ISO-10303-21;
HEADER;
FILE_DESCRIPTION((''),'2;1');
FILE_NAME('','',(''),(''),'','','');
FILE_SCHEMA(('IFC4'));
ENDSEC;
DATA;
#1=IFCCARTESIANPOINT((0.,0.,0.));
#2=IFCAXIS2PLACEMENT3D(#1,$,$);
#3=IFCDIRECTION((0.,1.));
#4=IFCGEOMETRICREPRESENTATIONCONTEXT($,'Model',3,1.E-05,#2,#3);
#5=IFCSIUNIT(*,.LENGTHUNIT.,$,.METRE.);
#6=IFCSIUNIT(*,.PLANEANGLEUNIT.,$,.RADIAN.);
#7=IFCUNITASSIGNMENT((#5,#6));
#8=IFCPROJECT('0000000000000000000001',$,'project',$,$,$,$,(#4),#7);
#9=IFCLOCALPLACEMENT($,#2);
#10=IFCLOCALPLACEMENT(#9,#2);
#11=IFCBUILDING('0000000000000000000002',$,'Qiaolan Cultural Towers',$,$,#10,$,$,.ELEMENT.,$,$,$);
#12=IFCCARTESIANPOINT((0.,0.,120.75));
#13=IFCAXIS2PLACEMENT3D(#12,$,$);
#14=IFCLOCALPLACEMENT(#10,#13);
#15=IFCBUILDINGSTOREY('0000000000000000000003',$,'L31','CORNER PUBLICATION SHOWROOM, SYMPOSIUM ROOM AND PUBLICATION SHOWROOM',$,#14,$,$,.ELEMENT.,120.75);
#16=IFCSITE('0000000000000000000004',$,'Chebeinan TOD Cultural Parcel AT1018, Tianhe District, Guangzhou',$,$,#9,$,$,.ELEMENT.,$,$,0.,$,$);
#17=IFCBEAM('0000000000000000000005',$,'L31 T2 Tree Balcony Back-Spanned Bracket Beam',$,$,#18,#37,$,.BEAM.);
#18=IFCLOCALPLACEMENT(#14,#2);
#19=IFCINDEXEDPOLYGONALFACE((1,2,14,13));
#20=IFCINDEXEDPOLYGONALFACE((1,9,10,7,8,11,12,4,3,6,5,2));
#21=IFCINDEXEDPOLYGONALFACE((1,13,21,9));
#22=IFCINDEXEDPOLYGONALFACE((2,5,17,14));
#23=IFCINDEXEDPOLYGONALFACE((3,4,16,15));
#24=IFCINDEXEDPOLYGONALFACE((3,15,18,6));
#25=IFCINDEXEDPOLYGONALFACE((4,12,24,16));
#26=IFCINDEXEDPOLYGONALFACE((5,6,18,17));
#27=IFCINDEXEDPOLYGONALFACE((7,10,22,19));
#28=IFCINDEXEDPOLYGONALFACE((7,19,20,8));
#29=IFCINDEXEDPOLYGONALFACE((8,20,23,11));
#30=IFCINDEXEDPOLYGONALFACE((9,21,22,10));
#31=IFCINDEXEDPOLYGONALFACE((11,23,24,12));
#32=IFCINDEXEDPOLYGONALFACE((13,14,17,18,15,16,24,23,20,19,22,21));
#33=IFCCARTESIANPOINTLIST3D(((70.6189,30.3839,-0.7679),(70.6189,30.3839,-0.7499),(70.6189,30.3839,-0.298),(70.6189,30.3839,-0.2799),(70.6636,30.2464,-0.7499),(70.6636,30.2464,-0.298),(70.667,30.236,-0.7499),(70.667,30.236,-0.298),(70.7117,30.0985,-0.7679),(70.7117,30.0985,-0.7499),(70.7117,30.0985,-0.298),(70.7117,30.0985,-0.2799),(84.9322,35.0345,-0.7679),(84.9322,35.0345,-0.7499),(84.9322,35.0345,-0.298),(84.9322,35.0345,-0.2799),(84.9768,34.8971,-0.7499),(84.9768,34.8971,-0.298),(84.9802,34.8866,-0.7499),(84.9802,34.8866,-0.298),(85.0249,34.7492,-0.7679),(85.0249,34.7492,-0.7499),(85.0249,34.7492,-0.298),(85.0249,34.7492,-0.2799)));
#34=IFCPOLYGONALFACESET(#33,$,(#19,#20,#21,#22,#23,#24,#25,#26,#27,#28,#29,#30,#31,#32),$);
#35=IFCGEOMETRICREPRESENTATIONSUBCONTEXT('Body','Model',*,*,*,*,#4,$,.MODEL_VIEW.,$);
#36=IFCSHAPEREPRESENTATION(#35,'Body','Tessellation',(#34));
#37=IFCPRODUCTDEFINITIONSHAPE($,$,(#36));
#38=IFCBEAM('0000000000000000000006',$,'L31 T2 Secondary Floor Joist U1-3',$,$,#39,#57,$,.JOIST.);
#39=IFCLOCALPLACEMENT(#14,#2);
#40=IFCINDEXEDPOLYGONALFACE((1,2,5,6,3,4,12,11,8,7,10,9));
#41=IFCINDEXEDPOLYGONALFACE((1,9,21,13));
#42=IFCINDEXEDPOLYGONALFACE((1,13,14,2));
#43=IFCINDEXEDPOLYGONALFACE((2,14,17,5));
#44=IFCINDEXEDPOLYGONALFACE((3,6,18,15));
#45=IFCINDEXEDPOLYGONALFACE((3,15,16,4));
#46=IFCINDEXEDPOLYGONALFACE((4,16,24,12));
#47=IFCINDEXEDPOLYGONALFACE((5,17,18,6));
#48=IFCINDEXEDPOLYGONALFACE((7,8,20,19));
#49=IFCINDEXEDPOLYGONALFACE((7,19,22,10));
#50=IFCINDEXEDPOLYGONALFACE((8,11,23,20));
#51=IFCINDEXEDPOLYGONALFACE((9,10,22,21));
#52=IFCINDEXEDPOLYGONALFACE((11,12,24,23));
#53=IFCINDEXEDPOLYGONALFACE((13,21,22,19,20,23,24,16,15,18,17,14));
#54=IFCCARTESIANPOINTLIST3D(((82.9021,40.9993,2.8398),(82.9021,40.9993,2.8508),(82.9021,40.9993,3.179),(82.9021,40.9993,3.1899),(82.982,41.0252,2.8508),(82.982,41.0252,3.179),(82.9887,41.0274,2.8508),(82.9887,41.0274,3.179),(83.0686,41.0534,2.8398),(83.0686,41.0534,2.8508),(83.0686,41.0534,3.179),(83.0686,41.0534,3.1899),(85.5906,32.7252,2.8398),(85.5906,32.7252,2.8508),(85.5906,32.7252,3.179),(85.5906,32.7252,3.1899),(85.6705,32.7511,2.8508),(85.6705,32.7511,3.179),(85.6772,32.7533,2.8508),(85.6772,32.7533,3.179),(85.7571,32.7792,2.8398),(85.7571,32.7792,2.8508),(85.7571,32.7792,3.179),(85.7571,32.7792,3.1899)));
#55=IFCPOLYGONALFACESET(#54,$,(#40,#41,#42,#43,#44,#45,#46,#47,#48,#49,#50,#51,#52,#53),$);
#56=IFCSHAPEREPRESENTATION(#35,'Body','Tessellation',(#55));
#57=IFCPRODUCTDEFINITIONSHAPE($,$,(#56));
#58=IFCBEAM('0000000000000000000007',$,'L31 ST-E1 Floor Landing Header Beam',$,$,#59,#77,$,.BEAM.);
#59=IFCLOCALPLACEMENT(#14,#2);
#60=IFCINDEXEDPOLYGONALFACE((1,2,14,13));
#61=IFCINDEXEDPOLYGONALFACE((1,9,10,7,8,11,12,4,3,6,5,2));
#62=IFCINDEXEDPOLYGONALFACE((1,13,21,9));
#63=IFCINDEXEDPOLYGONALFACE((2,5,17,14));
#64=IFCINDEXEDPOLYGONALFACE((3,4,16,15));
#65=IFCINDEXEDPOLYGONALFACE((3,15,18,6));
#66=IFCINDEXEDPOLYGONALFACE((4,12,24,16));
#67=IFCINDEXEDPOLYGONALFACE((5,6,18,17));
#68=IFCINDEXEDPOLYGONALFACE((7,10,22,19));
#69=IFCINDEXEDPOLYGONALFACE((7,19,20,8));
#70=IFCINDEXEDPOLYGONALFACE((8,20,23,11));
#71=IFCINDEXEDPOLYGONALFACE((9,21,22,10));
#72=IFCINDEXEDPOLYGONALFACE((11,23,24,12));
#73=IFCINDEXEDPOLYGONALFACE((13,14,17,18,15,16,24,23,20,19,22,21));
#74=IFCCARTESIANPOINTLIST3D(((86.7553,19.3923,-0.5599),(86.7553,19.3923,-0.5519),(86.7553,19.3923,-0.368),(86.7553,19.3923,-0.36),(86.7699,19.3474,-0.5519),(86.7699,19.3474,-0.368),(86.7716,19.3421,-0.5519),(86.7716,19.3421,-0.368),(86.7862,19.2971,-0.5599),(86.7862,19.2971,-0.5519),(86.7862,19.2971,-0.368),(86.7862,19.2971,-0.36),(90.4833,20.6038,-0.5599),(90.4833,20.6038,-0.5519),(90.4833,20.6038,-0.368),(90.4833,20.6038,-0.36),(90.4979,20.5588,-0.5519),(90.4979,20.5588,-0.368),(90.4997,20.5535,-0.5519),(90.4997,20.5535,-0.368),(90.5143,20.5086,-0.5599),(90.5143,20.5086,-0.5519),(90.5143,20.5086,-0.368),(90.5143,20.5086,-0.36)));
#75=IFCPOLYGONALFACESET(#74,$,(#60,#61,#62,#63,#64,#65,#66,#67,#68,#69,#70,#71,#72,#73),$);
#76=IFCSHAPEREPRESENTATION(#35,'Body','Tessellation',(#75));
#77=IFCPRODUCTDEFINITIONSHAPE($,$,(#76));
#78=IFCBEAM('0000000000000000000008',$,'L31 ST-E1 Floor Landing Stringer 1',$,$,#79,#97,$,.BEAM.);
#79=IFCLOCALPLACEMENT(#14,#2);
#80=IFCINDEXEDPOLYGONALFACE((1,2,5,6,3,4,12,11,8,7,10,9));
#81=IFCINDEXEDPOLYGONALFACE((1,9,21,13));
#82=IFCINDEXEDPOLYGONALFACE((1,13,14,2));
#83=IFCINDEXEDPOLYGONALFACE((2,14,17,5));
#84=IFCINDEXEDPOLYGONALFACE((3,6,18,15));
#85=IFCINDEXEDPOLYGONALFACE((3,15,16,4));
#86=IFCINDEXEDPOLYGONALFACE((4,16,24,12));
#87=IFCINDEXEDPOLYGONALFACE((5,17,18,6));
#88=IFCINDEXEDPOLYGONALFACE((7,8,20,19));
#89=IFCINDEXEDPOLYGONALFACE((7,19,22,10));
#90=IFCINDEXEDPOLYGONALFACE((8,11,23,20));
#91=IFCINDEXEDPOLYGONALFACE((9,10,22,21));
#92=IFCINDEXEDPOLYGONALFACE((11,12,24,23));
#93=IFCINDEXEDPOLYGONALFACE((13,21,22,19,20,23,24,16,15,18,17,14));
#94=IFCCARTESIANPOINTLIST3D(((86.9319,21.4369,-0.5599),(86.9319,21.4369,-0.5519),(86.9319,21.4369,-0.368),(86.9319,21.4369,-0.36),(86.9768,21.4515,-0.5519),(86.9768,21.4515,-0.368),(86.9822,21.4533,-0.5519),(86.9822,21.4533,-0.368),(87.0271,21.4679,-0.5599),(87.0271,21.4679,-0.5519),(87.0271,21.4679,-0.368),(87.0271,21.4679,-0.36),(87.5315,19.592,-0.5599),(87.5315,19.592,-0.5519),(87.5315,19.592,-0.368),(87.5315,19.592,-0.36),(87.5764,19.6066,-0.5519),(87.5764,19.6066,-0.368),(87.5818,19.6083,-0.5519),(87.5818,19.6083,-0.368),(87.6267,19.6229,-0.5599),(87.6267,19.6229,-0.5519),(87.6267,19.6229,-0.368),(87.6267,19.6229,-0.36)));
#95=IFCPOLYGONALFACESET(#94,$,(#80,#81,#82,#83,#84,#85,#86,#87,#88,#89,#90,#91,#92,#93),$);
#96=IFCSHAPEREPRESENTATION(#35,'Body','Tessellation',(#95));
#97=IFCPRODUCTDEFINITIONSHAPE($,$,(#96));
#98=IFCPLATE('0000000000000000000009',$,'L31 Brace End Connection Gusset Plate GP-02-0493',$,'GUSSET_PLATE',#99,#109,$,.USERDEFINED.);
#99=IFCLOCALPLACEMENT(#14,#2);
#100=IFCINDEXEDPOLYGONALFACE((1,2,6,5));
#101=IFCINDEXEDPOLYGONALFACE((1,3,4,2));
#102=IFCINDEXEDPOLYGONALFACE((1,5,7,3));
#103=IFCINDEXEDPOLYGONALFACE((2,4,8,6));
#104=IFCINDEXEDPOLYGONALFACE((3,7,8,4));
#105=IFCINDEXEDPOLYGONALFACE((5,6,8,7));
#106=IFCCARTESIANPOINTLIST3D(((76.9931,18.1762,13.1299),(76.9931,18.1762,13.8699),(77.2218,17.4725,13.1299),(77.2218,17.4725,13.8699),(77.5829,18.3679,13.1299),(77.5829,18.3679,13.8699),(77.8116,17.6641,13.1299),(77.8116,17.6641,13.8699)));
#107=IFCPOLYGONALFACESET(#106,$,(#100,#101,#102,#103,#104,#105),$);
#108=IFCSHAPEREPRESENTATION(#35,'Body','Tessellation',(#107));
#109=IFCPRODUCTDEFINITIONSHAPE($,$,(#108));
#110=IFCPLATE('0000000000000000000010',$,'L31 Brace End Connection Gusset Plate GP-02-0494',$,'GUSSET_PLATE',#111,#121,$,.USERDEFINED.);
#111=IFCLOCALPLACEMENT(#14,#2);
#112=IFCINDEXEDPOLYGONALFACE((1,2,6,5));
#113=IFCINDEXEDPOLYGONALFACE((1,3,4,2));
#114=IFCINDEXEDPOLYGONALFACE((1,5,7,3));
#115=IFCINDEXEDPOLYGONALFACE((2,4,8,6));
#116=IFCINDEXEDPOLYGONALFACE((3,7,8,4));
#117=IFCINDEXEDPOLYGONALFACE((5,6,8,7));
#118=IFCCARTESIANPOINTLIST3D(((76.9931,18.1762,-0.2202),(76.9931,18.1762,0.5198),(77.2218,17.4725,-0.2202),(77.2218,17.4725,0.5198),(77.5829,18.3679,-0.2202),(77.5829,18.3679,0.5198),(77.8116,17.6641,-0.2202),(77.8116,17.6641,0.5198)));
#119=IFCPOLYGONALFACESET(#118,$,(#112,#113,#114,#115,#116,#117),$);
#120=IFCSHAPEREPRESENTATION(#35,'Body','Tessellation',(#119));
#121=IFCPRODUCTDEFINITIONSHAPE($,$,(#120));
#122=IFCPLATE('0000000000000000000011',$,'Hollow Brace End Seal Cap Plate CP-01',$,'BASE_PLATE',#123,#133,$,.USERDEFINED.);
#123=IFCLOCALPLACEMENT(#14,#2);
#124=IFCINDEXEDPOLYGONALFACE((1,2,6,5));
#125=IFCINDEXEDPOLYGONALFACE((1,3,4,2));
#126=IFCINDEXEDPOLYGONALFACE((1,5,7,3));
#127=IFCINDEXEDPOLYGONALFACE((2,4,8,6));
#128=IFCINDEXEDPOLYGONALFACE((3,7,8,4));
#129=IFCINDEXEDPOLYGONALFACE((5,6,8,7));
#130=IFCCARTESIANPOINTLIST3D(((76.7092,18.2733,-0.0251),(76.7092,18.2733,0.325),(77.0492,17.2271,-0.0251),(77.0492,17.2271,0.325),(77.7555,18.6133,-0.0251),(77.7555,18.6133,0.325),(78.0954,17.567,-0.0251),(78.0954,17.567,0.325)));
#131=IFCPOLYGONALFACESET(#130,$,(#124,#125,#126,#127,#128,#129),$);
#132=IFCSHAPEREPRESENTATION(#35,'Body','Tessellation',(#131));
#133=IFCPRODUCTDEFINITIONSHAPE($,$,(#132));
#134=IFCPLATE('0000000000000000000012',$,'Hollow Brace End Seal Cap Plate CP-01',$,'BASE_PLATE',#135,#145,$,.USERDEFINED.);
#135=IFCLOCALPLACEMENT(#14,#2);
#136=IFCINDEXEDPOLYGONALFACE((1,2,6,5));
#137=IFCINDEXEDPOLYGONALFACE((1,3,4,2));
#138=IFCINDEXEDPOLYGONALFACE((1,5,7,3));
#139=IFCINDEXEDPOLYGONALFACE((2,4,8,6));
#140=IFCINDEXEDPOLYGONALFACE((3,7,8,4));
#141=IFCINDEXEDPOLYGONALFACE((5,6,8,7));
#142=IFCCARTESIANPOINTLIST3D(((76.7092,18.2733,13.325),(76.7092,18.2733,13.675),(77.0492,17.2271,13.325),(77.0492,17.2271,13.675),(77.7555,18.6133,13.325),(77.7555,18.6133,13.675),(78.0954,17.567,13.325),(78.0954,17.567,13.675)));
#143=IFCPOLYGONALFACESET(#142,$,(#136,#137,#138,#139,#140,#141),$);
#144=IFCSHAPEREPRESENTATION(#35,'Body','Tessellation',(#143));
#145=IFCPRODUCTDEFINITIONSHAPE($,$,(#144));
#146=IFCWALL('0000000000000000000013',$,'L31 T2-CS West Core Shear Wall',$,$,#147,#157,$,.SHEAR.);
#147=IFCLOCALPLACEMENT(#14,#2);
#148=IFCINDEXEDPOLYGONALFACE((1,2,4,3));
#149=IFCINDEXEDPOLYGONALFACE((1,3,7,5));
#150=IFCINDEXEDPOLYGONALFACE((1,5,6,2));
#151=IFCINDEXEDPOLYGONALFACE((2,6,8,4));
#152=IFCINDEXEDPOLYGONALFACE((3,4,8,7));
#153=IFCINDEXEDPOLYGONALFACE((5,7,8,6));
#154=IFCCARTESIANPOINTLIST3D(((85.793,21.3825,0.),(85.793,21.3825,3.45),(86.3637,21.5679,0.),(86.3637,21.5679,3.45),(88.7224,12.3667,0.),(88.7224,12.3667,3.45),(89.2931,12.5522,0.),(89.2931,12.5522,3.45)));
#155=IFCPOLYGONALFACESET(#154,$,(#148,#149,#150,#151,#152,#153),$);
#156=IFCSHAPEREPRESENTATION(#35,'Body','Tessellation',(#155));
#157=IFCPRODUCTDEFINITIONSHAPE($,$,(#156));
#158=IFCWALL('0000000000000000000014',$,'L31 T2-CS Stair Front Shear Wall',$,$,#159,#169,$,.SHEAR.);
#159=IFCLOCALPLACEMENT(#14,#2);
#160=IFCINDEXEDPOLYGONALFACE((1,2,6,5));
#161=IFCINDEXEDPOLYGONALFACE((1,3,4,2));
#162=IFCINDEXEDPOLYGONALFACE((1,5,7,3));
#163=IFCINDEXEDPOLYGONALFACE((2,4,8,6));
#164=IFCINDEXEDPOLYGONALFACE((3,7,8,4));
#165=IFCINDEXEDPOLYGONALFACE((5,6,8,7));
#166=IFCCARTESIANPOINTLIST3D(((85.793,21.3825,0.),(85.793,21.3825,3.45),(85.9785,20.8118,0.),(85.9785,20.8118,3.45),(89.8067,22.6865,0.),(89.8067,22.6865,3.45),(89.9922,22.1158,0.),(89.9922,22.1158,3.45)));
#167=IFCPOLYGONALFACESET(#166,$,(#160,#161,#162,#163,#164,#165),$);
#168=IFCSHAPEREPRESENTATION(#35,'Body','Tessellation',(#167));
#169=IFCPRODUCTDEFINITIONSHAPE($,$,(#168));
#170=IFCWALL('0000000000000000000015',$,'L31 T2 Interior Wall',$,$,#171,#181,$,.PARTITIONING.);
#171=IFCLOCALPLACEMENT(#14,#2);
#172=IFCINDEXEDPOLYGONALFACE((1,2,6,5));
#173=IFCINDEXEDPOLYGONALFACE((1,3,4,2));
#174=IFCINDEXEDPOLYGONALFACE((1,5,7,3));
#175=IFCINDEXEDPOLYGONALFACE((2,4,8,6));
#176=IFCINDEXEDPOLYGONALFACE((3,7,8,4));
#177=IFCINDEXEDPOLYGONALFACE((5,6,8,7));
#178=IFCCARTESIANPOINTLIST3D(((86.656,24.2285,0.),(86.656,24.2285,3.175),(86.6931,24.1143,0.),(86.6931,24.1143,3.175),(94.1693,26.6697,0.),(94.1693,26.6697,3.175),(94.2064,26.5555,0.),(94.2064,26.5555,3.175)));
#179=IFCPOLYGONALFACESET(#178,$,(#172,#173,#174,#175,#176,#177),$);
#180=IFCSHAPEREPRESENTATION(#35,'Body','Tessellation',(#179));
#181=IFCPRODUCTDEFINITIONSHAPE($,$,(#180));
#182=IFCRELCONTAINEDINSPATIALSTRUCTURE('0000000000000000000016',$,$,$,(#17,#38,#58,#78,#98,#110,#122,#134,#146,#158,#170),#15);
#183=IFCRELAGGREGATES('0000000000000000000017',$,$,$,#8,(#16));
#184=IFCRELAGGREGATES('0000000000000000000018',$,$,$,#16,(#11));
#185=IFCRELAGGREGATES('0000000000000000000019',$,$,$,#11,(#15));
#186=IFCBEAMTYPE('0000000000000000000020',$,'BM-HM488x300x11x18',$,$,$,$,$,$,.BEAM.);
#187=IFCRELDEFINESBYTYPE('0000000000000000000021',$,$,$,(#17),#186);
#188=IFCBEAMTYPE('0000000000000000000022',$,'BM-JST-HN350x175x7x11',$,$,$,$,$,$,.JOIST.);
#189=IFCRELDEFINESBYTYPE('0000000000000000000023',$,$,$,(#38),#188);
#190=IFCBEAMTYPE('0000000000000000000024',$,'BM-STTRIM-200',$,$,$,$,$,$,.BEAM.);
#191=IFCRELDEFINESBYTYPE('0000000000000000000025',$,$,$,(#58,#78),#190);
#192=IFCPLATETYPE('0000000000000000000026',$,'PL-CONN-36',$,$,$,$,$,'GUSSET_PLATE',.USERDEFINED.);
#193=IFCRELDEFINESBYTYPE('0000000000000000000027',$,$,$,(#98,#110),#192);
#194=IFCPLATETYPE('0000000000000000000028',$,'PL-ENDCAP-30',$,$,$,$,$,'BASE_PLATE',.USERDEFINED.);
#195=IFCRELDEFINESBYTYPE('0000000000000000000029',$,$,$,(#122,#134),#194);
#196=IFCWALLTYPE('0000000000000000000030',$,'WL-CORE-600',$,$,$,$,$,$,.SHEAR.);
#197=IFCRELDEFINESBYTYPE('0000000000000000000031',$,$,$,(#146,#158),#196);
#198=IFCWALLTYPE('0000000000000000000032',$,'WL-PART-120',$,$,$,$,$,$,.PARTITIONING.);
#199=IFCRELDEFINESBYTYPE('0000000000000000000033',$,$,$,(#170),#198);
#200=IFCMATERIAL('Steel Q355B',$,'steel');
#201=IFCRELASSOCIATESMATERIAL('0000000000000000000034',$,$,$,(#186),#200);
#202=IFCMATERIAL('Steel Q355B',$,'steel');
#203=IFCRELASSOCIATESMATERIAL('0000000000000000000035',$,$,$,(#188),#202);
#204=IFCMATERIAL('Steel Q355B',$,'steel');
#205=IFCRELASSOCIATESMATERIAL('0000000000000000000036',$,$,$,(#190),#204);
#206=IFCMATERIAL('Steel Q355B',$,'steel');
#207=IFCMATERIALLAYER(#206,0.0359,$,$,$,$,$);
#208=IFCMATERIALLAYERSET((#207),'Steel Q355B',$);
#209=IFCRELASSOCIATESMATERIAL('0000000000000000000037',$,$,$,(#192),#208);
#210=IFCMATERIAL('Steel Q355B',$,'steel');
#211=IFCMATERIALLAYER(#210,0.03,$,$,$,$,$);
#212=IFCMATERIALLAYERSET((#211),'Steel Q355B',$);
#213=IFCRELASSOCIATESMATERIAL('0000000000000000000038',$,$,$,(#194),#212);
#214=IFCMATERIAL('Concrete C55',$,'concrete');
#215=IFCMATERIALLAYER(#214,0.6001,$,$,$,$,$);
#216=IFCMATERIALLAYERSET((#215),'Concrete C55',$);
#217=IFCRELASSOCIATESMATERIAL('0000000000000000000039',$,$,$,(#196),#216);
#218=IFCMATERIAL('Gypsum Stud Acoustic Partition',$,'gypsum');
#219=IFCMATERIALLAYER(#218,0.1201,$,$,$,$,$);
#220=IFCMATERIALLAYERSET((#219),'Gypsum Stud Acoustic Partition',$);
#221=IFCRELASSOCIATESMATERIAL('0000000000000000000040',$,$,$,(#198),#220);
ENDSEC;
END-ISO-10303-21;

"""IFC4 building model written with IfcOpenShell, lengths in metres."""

from ifc_helpers import new_model, si_unit, direction, frame, frame_2d, origin, origin_2d, place, context, subcontext, project, spatial, rectangle, i_section, extrude, material, layer, layer_set, material_profile, profile_set, type_object, element, save


model = new_model("IFC4")

# Units and contexts
model_context = context("Model", 3, precision=1e-05, world=origin(), true_north=direction((0.0, 1.0)))
body_context = subcontext(model_context, "Body", "Model", "MODEL_VIEW")
ifc_project = project(units=[si_unit("LENGTHUNIT", "METRE"), si_unit("PLANEANGLEUNIT", "RADIAN")], contexts=[model_context])

# Site, building, storey
site_placement = place(None, origin())
site = spatial("IfcSite", under=ifc_project, at=site_placement, Name="Chebeinan TOD Cultural Parcel AT1018, Tianhe District, Guangzhou", CompositionType="ELEMENT", RefElevation=0.0)
building_placement = place(site_placement, origin())
building = spatial("IfcBuilding", under=site, at=building_placement, Name="Qiaolan Cultural Towers", CompositionType="ELEMENT")
storey_placement = place(building_placement, frame((0.0, 0.0, 120.75)))
storey = spatial("IfcBuildingStorey", under=building, at=storey_placement, Name="L31", Description="CORNER PUBLICATION SHOWROOM, SYMPOSIUM ROOM AND PUBLICATION SHOWROOM", CompositionType="ELEMENT", Elevation=120.75)

# Beams
ifc_material_1 = material(Name="Steel Q355B", Category="steel")
ifc_material_profile_1 = material_profile(ifc_material_1, i_section(OverallWidth=0.3, OverallDepth=0.488, WebThickness=0.011, FlangeThickness=0.0181, at=origin_2d()), Name="HM488x300x11x18")
ifc_profile_set_1 = profile_set([ifc_material_profile_1], Name="Steel Q355B")
beam_type_1 = type_object("IfcBeamType", Name="BM-HM488x300x11x18", PredefinedType="BEAM", material=ifc_profile_set_1)
beam_1_placement = place(storey_placement, frame((84.9785, 34.8918, -0.5239), z_axis=(-0.951057, -0.309016, 0.0), x_axis=(0.309016, -0.951057, 0.0)))
element("IfcBeam", 1, at=beam_1_placement, inside=storey, type_object=beam_type_1, Name="L31 T2 Tree Balcony Back-Spanned Bracket Beam", PredefinedType="BEAM", context=body_context, shape_type="SweptSolid", body=[
    extrude(i_section(OverallWidth=0.3, OverallDepth=0.488, WebThickness=0.011, FlangeThickness=0.0181, at=origin_2d()), origin(), (0.0, 0.0, 1.0), 15.0498),
])
ifc_material_2 = material(Name="Steel Q355B", Category="steel")
ifc_material_profile_2 = material_profile(ifc_material_2, i_section(OverallWidth=0.175, OverallDepth=0.3501, WebThickness=0.0071, FlangeThickness=0.011, at=origin_2d()), Name="HN350x175x7x11")
ifc_profile_set_2 = profile_set([ifc_material_profile_2], Name="Steel Q355B")
beam_type_2 = type_object("IfcBeamType", Name="BM-JST-HN350x175x7x11", PredefinedType="JOIST", material=ifc_profile_set_2)
beam_2_placement = place(storey_placement, frame((85.6738, 32.7522, 3.0149), z_axis=(-0.309021, 0.951055, 0.0), x_axis=(-0.951055, -0.309021, 0.0)))
element("IfcBeam", 2, at=beam_2_placement, inside=storey, type_object=beam_type_2, Name="L31 T2 Secondary Floor Joist U1-3", PredefinedType="JOIST", context=body_context, shape_type="SweptSolid", body=[
    extrude(i_section(OverallWidth=0.175, OverallDepth=0.3501, WebThickness=0.0071, FlangeThickness=0.011, at=origin_2d()), origin(), (0.0, 0.0, 1.0), 8.7),
])
ifc_material_3 = material(Name="Steel Q355B", Category="steel")
ifc_material_profile_3 = material_profile(ifc_material_3, i_section(OverallWidth=0.1001, OverallDepth=0.2, WebThickness=0.0056, FlangeThickness=0.0081, at=origin_2d()), Name="HN200x100x5.5x8")
ifc_profile_set_3 = profile_set([ifc_material_profile_3], Name="Steel Q355B")
beam_type_3 = type_object("IfcBeamType", Name="BM-STTRIM-200", PredefinedType="BEAM", material=ifc_profile_set_3)
beam_3_placement = place(storey_placement, frame((86.7708, 19.3447, -0.46), z_axis=(0.951048, 0.309044, 0.0), x_axis=(-0.309044, 0.951048, 0.0)))
element("IfcBeam", 3, at=beam_3_placement, inside=storey, type_object=beam_type_3, Name="L31 ST-E1 Floor Landing Header Beam", PredefinedType="BEAM", context=body_context, shape_type="SweptSolid", body=[
    extrude(i_section(OverallWidth=0.1001, OverallDepth=0.2, WebThickness=0.0056, FlangeThickness=0.0081, at=origin_2d()), origin(), (0.0, 0.0, 1.0), 3.9199),
])
beam_4_placement = place(storey_placement, frame((86.9795, 21.4524, -0.46), z_axis=(0.309083, -0.951035, 0.0), x_axis=(0.951035, 0.309083, 0.0)))
element("IfcBeam", 4, at=beam_4_placement, inside=storey, type_object=beam_type_3, Name="L31 ST-E1 Floor Landing Stringer 1", PredefinedType="BEAM", context=body_context, shape_type="SweptSolid", body=[
    extrude(i_section(OverallWidth=0.1001, OverallDepth=0.2, WebThickness=0.0056, FlangeThickness=0.0081, at=origin_2d()), origin(), (0.0, 0.0, 1.0), 1.9399),
])

# Plates
ifc_material_4 = material(Name="Steel Q355B", Category="steel")
ifc_layer_1 = layer(ifc_material_4, 0.0359)
ifc_layer_set_1 = layer_set([ifc_layer_1], Name="Steel Q355B")
plate_type_1 = type_object("IfcPlateType", Name="PL-CONN-36", ElementType="GUSSET_PLATE", PredefinedType="USERDEFINED", material=ifc_layer_set_1)
for number, where, z_axis, x_axis, name in (
    (5, (77.4023, 17.9202, 13.1299), (0.0, 0.0, 1.0), (-0.309017, 0.951057, 0.0), "L31 Brace End Connection Gusset Plate GP-02-0493"),
    (6, (77.4023, 17.9202, -0.2202), (0.0, 0.0, 1.0), (-0.309017, 0.951057, 0.0), "L31 Brace End Connection Gusset Plate GP-02-0494"),
):
    element("IfcPlate", number, at=place(storey_placement, frame(where, z_axis=z_axis, x_axis=x_axis)), inside=storey, type_object=plate_type_1, Name=name, ObjectType="GUSSET_PLATE", PredefinedType="USERDEFINED", context=body_context, shape_type="SweptSolid", body=[
        extrude(rectangle(XDim=0.74, YDim=0.6201, at=origin_2d()), origin(), (0.0, 0.0, 1.0), 0.74),
    ])
ifc_material_5 = material(Name="Steel Q355B", Category="steel")
ifc_layer_2 = layer(ifc_material_5, 0.03)
ifc_layer_set_2 = layer_set([ifc_layer_2], Name="Steel Q355B")
plate_type_2 = type_object("IfcPlateType", Name="PL-ENDCAP-30", ElementType="BASE_PLATE", PredefinedType="USERDEFINED", material=ifc_layer_set_2)
for number, where, z_axis, x_axis, name in (
    (7, (77.4023, 17.9202, -0.0251), (0.0, 0.0, 1.0), (-0.309017, 0.951057, 0.0), "Hollow Brace End Seal Cap Plate CP-01"),
    (8, (77.4023, 17.9202, 13.325), (0.0, 0.0, 1.0), (-0.309017, 0.951057, 0.0), "Hollow Brace End Seal Cap Plate CP-01"),
):
    element("IfcPlate", number, at=place(storey_placement, frame(where, z_axis=z_axis, x_axis=x_axis)), inside=storey, type_object=plate_type_2, Name=name, ObjectType="BASE_PLATE", PredefinedType="USERDEFINED", context=body_context, shape_type="SweptSolid", body=[
        extrude(rectangle(XDim=1.1001, YDim=1.1001, at=origin_2d()), origin(), (0.0, 0.0, 1.0), 0.3501),
    ])

# Walls
ifc_material_6 = material(Name="Concrete C55", Category="concrete")
ifc_layer_3 = layer(ifc_material_6, 0.6001)
ifc_layer_set_3 = layer_set([ifc_layer_3], Name="Concrete C55")
wall_type_1 = type_object("IfcWallType", Name="WL-CORE-600", PredefinedType="SHEAR", material=ifc_layer_set_3)
wall_1_placement = place(storey_placement, frame((86.0784, 21.4751, 0.0), z_axis=(0.0, 0.0, 1.0), x_axis=(0.309018, -0.951056, 0.0)))
element("IfcWall", 9, at=wall_1_placement, inside=storey, type_object=wall_type_1, Name="L31 T2-CS West Core Shear Wall", PredefinedType="SHEAR", context=body_context, shape_type="SweptSolid", body=[
    extrude(rectangle(XDim=9.4797, YDim=0.6001, at=frame_2d((4.7397, 0.0))), origin(), (0.0, 0.0, 1.0), 3.45),
])
wall_2_placement = place(storey_placement, frame((85.8857, 21.0972, 0.0), z_axis=(0.0, 0.0, 1.0), x_axis=(0.951068, 0.308981, 0.0)))
element("IfcWall", 10, at=wall_2_placement, inside=storey, type_object=wall_type_1, Name="L31 T2-CS Stair Front Shear Wall", PredefinedType="SHEAR", context=body_context, shape_type="SweptSolid", body=[
    extrude(rectangle(XDim=4.2202, YDim=0.6001, at=frame_2d((2.1101, 0.0))), origin(), (0.0, 0.0, 1.0), 3.45),
])
ifc_material_7 = material(Name="Gypsum Stud Acoustic Partition", Category="gypsum")
ifc_layer_4 = layer(ifc_material_7, 0.1201)
ifc_layer_set_4 = layer_set([ifc_layer_4], Name="Gypsum Stud Acoustic Partition")
wall_type_2 = type_object("IfcWallType", Name="WL-PART-120", PredefinedType="PARTITIONING", material=ifc_layer_set_4)
wall_3_placement = place(storey_placement, frame((86.6746, 24.1714, 0.0), z_axis=(0.0, 0.0, 1.0), x_axis=(0.951057, 0.309015, 0.0)))
element("IfcWall", 11, at=wall_3_placement, inside=storey, type_object=wall_type_2, Name="L31 T2 Interior Wall", PredefinedType="PARTITIONING", context=body_context, shape_type="SweptSolid", body=[
    extrude(rectangle(XDim=7.8999, YDim=0.1201, at=frame_2d((3.95, 0.0))), origin(), (0.0, 0.0, 1.0), 3.175),
])

save(model, "model.ifc")
